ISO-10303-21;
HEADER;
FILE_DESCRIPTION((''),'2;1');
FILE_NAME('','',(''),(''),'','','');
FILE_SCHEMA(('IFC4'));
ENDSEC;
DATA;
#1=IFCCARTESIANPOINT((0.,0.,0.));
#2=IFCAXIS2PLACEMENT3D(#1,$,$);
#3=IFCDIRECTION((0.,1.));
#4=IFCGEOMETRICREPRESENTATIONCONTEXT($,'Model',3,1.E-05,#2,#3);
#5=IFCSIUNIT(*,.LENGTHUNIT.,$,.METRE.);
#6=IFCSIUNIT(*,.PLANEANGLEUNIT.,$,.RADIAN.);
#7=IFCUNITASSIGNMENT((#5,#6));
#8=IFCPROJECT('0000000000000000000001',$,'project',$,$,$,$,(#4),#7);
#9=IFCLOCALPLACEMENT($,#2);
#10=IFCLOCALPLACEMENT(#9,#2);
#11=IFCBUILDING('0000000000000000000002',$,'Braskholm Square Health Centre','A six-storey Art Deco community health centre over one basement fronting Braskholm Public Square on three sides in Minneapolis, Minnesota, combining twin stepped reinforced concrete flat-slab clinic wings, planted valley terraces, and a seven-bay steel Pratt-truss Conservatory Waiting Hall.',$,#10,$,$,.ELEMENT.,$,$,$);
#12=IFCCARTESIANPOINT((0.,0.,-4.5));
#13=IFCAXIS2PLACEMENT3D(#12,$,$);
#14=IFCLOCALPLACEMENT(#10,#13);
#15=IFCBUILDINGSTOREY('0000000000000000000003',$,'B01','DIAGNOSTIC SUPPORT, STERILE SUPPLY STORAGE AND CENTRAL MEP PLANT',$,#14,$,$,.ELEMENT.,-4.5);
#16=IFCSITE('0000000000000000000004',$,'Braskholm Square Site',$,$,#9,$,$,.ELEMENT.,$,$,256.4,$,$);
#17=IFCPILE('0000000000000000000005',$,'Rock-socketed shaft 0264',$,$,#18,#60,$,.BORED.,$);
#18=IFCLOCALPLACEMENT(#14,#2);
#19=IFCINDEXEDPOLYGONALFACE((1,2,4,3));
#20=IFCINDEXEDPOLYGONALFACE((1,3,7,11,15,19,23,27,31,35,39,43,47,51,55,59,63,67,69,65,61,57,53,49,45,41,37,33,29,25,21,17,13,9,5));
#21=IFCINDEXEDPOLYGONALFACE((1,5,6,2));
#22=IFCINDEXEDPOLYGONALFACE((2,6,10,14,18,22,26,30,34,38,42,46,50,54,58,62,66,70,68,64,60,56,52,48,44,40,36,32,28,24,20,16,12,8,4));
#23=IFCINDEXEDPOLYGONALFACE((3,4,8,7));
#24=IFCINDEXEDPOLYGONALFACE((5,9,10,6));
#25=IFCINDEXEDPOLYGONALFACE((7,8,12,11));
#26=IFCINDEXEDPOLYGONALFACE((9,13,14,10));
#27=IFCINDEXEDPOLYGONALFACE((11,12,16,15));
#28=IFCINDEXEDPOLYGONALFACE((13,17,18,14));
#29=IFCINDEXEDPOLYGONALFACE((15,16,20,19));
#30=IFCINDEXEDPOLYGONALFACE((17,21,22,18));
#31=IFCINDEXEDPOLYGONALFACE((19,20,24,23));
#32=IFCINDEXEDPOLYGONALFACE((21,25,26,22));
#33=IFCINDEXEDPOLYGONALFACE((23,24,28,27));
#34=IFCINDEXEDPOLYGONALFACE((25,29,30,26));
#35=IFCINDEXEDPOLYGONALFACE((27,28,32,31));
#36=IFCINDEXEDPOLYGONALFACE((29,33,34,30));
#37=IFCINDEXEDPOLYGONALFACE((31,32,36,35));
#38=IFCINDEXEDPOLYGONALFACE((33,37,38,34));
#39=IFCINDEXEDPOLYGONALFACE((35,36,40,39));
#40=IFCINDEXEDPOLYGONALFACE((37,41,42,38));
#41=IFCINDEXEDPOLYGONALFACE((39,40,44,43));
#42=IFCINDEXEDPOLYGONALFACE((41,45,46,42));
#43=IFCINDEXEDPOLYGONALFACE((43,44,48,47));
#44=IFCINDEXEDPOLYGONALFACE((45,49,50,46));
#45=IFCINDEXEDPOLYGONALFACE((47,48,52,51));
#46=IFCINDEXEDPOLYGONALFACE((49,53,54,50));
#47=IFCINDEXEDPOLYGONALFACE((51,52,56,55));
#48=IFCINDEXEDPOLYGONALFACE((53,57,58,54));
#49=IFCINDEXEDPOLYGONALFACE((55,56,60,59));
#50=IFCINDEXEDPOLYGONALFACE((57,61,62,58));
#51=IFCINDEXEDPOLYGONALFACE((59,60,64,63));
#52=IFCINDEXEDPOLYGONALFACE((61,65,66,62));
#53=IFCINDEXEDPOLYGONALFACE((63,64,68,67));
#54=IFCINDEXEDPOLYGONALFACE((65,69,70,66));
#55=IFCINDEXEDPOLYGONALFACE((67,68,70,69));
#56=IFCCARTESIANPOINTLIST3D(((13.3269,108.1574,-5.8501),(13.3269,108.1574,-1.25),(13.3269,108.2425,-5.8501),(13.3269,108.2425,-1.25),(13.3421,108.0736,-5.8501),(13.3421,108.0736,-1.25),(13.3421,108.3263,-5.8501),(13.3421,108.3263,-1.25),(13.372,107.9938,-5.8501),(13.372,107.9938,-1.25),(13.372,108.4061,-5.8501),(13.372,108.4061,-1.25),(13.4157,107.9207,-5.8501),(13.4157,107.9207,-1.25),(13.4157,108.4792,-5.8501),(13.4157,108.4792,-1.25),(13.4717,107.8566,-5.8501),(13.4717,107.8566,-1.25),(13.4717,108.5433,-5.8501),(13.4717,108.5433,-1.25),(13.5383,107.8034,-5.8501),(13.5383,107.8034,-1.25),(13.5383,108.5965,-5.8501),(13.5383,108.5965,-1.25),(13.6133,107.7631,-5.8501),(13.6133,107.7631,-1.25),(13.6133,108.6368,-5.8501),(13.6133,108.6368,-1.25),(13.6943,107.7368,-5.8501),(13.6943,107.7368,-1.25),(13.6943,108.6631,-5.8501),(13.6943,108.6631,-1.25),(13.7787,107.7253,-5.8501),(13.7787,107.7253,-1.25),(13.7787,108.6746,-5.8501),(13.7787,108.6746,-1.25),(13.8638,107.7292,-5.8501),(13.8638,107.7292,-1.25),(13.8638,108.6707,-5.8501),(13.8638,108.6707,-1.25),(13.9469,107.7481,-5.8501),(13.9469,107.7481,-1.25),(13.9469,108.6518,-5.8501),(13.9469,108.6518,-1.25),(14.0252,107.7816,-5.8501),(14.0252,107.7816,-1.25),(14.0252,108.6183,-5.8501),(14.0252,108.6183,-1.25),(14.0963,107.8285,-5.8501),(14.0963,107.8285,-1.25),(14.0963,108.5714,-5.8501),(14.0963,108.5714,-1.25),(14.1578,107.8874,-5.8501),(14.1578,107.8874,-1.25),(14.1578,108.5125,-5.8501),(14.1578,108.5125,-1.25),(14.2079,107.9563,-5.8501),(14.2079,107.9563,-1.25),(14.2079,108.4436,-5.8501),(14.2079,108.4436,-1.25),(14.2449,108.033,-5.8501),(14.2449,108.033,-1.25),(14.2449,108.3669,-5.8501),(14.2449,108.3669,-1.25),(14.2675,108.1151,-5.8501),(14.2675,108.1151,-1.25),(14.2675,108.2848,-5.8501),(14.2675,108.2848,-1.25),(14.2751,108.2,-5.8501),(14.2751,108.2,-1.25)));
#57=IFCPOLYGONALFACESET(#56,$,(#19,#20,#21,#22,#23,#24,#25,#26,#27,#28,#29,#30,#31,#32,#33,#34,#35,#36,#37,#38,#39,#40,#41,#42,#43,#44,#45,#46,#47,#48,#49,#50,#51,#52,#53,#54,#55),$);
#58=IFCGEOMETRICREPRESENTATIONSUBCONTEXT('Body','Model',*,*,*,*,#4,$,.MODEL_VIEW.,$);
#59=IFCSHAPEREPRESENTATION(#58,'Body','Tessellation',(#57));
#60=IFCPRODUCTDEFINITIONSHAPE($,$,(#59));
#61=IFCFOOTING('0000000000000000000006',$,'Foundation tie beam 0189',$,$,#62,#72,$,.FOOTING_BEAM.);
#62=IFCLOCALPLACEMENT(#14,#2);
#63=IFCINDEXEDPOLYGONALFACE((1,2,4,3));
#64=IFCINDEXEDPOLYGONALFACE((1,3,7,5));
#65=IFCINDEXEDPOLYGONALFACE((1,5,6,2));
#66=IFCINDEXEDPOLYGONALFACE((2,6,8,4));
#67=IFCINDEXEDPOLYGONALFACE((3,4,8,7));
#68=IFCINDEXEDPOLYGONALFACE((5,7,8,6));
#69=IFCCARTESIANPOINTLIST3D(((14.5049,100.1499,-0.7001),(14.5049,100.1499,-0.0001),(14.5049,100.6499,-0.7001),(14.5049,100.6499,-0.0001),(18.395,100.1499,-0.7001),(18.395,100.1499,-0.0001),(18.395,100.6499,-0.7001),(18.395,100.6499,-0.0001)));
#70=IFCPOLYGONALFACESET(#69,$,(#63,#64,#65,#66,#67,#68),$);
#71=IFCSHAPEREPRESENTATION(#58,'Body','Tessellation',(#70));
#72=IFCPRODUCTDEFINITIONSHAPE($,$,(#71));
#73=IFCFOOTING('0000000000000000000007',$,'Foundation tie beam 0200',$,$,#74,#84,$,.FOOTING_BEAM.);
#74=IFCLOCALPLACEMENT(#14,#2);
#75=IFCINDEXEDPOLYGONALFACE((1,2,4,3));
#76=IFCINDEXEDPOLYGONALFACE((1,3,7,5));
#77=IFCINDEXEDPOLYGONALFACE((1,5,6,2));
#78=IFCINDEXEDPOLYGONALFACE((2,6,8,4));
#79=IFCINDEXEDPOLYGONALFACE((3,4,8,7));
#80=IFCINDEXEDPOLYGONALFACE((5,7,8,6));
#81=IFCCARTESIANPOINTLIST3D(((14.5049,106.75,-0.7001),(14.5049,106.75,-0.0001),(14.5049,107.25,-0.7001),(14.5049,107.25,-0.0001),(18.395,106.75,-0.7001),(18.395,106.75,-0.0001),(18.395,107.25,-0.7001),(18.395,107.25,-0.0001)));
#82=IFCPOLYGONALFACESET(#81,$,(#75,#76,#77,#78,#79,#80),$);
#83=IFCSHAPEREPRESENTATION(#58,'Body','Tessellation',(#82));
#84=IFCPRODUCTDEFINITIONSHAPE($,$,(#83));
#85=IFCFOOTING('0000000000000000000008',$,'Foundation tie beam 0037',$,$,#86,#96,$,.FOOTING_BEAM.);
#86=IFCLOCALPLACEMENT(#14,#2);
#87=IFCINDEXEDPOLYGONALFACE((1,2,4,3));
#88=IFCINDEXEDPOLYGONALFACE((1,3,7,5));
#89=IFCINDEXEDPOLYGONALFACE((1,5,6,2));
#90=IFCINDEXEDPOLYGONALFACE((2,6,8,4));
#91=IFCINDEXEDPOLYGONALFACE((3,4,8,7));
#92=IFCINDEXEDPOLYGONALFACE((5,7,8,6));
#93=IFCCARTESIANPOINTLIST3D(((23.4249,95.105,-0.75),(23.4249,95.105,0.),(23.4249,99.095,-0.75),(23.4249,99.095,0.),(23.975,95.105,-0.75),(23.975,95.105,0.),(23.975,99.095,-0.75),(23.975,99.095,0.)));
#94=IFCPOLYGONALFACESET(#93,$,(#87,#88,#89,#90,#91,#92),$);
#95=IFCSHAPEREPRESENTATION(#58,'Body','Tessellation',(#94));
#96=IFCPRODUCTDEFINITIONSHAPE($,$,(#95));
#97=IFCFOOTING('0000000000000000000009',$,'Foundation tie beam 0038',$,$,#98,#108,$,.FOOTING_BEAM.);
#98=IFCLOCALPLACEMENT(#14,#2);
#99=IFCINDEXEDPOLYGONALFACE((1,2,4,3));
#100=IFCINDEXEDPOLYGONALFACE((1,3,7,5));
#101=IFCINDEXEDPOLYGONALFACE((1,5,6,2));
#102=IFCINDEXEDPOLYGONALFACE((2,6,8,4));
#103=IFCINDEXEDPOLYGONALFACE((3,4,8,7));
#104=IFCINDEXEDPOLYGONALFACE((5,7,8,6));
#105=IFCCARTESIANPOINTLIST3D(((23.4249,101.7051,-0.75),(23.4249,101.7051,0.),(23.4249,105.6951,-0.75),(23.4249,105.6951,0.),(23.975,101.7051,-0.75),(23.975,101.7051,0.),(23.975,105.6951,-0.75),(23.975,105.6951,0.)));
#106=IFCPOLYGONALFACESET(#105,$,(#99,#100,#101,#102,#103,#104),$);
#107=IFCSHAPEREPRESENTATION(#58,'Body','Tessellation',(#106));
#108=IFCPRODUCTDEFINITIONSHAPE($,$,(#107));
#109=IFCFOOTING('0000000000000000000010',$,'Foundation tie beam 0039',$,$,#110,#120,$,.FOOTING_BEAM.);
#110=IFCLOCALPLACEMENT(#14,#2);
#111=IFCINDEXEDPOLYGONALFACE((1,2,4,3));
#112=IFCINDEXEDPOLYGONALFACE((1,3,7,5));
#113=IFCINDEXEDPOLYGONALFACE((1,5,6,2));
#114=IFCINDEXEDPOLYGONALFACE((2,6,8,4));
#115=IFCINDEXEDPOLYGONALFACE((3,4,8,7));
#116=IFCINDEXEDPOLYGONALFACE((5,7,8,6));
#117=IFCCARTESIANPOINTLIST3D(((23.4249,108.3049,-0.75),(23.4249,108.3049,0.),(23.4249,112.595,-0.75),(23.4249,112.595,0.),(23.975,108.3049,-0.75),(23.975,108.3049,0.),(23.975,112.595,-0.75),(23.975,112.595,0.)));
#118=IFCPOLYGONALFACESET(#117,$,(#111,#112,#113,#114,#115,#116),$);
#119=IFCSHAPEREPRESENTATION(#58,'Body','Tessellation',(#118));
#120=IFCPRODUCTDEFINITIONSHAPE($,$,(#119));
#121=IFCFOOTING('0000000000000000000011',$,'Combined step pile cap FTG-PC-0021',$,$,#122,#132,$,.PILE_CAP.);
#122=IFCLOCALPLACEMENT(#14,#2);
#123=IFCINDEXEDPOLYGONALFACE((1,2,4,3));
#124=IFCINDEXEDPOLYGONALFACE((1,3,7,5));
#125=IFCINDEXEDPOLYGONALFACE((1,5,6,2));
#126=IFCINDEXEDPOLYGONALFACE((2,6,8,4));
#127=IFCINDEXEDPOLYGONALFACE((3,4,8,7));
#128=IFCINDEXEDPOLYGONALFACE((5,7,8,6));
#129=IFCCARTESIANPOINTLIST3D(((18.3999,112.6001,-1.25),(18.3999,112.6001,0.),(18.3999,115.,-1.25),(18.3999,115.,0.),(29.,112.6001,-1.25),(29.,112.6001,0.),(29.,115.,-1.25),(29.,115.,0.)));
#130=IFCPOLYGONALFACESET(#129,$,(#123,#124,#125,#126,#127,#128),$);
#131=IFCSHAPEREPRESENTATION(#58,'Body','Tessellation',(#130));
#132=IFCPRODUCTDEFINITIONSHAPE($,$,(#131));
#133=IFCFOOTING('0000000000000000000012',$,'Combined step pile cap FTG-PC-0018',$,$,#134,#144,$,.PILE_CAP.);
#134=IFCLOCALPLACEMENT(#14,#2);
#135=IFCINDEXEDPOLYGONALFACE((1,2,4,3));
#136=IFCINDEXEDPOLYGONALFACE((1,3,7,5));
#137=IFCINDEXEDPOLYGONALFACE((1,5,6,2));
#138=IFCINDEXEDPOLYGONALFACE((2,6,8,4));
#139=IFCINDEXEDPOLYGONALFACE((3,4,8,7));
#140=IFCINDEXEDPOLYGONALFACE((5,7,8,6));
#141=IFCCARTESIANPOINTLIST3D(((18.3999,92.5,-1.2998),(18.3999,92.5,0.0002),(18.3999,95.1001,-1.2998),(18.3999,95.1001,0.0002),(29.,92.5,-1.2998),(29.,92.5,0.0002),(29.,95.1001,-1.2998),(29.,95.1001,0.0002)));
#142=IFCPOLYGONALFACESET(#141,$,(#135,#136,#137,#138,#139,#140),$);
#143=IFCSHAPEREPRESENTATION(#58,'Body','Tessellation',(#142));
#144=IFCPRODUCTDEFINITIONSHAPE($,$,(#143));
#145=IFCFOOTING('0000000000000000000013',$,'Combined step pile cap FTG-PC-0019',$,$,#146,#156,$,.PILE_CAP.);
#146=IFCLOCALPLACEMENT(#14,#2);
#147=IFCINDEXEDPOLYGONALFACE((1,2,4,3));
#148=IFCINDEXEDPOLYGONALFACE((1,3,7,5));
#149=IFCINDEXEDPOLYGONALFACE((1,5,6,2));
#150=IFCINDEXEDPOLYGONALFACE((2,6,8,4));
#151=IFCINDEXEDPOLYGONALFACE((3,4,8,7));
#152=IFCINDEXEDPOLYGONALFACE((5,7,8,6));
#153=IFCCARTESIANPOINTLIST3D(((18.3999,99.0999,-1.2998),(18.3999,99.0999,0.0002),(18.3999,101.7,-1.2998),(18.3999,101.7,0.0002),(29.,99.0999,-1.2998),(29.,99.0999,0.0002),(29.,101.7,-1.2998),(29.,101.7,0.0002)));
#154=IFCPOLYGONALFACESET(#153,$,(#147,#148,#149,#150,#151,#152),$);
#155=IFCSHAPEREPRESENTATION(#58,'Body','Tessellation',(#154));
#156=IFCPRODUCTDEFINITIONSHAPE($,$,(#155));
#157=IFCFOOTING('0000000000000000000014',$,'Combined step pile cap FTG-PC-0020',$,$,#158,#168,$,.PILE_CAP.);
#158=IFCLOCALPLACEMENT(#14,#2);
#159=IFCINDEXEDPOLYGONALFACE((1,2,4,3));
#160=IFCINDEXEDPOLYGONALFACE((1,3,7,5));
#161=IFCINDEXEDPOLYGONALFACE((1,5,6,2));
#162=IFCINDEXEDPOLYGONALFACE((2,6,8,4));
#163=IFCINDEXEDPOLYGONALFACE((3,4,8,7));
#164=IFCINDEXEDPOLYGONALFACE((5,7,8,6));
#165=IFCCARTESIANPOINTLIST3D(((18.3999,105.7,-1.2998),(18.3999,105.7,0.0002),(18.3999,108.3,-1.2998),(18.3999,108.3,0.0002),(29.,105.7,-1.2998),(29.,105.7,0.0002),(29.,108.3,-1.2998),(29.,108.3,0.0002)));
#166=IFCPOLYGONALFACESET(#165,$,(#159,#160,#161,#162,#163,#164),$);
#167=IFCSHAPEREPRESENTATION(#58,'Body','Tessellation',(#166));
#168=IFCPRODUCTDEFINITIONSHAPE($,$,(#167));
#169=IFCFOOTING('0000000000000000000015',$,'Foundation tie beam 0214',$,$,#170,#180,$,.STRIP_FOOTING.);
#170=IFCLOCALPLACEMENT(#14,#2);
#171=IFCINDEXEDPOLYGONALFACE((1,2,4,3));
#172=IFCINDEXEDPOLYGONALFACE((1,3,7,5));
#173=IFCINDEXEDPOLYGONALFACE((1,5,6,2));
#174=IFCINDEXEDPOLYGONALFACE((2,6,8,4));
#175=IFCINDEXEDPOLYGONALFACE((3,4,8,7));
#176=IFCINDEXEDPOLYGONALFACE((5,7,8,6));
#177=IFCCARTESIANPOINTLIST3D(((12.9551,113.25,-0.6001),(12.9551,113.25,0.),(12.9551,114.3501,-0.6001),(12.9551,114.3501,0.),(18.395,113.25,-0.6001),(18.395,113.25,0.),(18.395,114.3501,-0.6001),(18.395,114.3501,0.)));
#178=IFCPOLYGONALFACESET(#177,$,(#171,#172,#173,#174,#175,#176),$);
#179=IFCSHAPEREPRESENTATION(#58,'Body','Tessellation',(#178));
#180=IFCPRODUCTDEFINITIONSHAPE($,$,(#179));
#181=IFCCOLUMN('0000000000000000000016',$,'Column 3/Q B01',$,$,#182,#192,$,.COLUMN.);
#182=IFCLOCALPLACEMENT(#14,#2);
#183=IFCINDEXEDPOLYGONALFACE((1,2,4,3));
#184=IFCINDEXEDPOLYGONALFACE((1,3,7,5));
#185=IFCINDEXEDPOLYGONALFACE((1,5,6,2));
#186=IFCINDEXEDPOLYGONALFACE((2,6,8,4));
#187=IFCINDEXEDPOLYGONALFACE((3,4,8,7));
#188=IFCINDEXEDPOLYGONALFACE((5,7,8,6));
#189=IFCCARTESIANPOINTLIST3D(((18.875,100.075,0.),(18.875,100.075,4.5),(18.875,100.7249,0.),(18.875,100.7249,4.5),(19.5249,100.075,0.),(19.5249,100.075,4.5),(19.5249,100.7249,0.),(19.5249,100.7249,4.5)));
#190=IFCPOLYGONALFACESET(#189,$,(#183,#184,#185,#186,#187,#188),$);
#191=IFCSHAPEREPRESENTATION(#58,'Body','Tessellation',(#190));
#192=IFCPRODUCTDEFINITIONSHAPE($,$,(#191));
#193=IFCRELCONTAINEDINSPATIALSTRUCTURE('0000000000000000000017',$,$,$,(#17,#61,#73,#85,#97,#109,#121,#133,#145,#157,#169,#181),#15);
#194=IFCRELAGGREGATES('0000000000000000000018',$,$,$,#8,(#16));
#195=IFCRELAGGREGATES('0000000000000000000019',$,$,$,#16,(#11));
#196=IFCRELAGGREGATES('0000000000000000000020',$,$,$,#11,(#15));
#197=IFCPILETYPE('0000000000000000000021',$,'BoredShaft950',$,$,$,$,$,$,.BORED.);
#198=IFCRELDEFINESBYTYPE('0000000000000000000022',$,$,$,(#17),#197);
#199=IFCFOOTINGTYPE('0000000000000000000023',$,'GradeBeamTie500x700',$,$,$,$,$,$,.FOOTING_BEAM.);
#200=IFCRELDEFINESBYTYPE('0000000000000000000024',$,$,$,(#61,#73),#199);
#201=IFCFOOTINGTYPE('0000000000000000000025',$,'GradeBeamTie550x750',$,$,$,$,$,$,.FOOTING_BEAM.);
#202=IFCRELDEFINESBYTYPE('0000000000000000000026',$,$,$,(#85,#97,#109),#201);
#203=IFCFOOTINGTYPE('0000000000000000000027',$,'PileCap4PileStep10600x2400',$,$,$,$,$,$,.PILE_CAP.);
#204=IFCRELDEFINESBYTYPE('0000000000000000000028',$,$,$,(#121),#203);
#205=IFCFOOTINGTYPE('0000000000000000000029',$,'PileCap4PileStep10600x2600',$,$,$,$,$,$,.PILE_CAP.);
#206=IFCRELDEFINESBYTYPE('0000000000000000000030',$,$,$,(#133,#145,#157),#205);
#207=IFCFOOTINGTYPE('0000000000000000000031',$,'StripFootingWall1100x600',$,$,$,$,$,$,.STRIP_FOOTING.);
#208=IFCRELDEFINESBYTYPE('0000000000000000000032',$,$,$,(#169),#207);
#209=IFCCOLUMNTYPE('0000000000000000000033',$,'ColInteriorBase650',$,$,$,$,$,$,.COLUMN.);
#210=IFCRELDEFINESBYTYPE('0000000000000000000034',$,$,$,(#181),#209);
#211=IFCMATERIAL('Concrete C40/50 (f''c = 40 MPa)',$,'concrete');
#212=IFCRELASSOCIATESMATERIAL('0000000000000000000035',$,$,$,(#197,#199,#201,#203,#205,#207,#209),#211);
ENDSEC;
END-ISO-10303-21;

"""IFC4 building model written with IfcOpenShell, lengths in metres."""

from ifc_helpers import new_model, si_unit, direction, frame, origin, origin_2d, place, context, subcontext, project, spatial, rectangle, circle, extrude, material, material_profile, profile_set, type_object, element, save


model = new_model("IFC4")

# Units and contexts
model_context = context("Model", 3, precision=1e-05, world=origin(), true_north=direction((0.0, 1.0)))
body_context = subcontext(model_context, "Body", "Model", "MODEL_VIEW")
ifc_project = project(units=[si_unit("LENGTHUNIT", "METRE"), si_unit("PLANEANGLEUNIT", "RADIAN")], contexts=[model_context])

# Site, building, storey
site_placement = place(None, origin())
site = spatial("IfcSite", under=ifc_project, at=site_placement, Name="Braskholm Square Site", CompositionType="ELEMENT", RefElevation=256.4)
building_placement = place(site_placement, origin())
building = spatial("IfcBuilding", under=site, at=building_placement, Name="Braskholm Square Health Centre", Description="A six-storey Art Deco community health centre over one basement fronting Braskholm Public Square on three sides in Minneapolis, Minnesota, combining twin stepped reinforced concrete flat-slab clinic wings, planted valley terraces, and a seven-bay steel Pratt-truss Conservatory Waiting Hall.", CompositionType="ELEMENT")
storey_placement = place(building_placement, frame((0.0, 0.0, -4.5)))
storey = spatial("IfcBuildingStorey", under=building, at=storey_placement, Name="B01", Description="DIAGNOSTIC SUPPORT, STERILE SUPPLY STORAGE AND CENTRAL MEP PLANT", CompositionType="ELEMENT", Elevation=-4.5)

# Pile
ifc_material_1 = material(Name="Concrete C40/50 (f'c = 40 MPa)", Category="concrete")
ifc_material_profile_1 = material_profile(ifc_material_1, circle(Radius=0.4751, at=origin_2d()), Name="BORED-PILE-950")
ifc_profile_set_1 = profile_set([ifc_material_profile_1], Name="Concrete C40/50 (f'c = 40 MPa)")
pile_type_1 = type_object("IfcPileType", Name="BoredShaft950", PredefinedType="BORED", material=ifc_profile_set_1)
for number, where, z_axis, x_axis, name in (
    (1, (13.8, 108.2, -1.25), (0.0, 0.0, -1.0), (1.0, 0.0, 0.0), "Rock-socketed shaft 0264"),
):
    element("IfcPile", number, at=place(storey_placement, frame(where, z_axis=z_axis, x_axis=x_axis)), inside=storey, type_object=pile_type_1, Name=name, PredefinedType="BORED", context=body_context, shape_type="SweptSolid", body=[
        extrude(circle(Radius=0.4751, at=origin_2d()), origin(), (0.0, 0.0, 1.0), 4.6001),
    ])

# Footings
ifc_material_profile_2 = material_profile(ifc_material_1, rectangle(XDim=0.5, YDim=0.7, at=origin_2d()), Name="FTG-500X700")
ifc_profile_set_2 = profile_set([ifc_material_profile_2], Name="Concrete C40/50 (f'c = 40 MPa)")
footing_type_1 = type_object("IfcFootingType", Name="GradeBeamTie500x700", PredefinedType="FOOTING_BEAM", material=ifc_profile_set_2)
for number, where, z_axis, x_axis, name in (
    (2, (14.5049, 100.3999, -0.3501), (1.0, 0.0, 0.0), (0.0, 1.0, 0.0), "Foundation tie beam 0189"),
    (3, (14.5049, 107.0, -0.3501), (1.0, 0.0, 0.0), (0.0, 1.0, 0.0), "Foundation tie beam 0200"),
):
    element("IfcFooting", number, at=place(storey_placement, frame(where, z_axis=z_axis, x_axis=x_axis)), inside=storey, type_object=footing_type_1, Name=name, PredefinedType="FOOTING_BEAM", context=body_context, shape_type="SweptSolid", body=[
        extrude(rectangle(XDim=0.5, YDim=0.7, at=origin_2d()), origin(), (0.0, 0.0, 1.0), 3.8901),
    ])
ifc_material_profile_3 = material_profile(ifc_material_1, rectangle(XDim=0.55, YDim=0.75, at=origin_2d()), Name="FTG-550X750")
ifc_profile_set_3 = profile_set([ifc_material_profile_3], Name="Concrete C40/50 (f'c = 40 MPa)")
footing_type_2 = type_object("IfcFootingType", Name="GradeBeamTie550x750", PredefinedType="FOOTING_BEAM", material=ifc_profile_set_3)
for number, where, z_axis, x_axis, name in (
    (4, (23.7, 95.105, -0.375), (0.0, 1.0, 0.0), (-1.0, 0.0, 0.0), "Foundation tie beam 0037"),
    (5, (23.7, 101.7051, -0.375), (0.0, 1.0, 0.0), (-1.0, 0.0, 0.0), "Foundation tie beam 0038"),
):
    element("IfcFooting", number, at=place(storey_placement, frame(where, z_axis=z_axis, x_axis=x_axis)), inside=storey, type_object=footing_type_2, Name=name, PredefinedType="FOOTING_BEAM", context=body_context, shape_type="SweptSolid", body=[
        extrude(rectangle(XDim=0.55, YDim=0.75, at=origin_2d()), origin(), (0.0, 0.0, 1.0), 3.99),
    ])
footing_1_placement = place(storey_placement, frame((23.7, 108.3049, -0.375), z_axis=(0.0, 1.0, 0.0), x_axis=(-1.0, 0.0, 0.0)))
element("IfcFooting", 6, at=footing_1_placement, inside=storey, type_object=footing_type_2, Name="Foundation tie beam 0039", PredefinedType="FOOTING_BEAM", context=body_context, shape_type="SweptSolid", body=[
    extrude(rectangle(XDim=0.55, YDim=0.75, at=origin_2d()), origin(), (0.0, 0.0, 1.0), 4.29),
])
footing_type_3 = type_object("IfcFootingType", Name="PileCap4PileStep10600x2400", PredefinedType="PILE_CAP", material=ifc_material_1)
footing_2_placement = place(storey_placement, frame((23.7, 113.8, -1.25), z_axis=(0.0, 0.0, 1.0), x_axis=(1.0, 0.0, 0.0)))
element("IfcFooting", 7, at=footing_2_placement, inside=storey, type_object=footing_type_3, Name="Combined step pile cap FTG-PC-0021", PredefinedType="PILE_CAP", context=body_context, shape_type="SweptSolid", body=[
    extrude(rectangle(XDim=10.6001, YDim=2.3999, at=origin_2d()), origin(), (0.0, 0.0, 1.0), 1.25),
])
footing_type_4 = type_object("IfcFootingType", Name="PileCap4PileStep10600x2600", PredefinedType="PILE_CAP", material=ifc_material_1)
for number, where, z_axis, x_axis, name in (
    (8, (23.7, 93.8, -1.2998), (0.0, 0.0, 1.0), (1.0, 0.0, 0.0), "Combined step pile cap FTG-PC-0018"),
    (9, (23.7, 100.3999, -1.2998), (0.0, 0.0, 1.0), (1.0, 0.0, 0.0), "Combined step pile cap FTG-PC-0019"),
    (10, (23.7, 107.0, -1.2998), (0.0, 0.0, 1.0), (1.0, 0.0, 0.0), "Combined step pile cap FTG-PC-0020"),
):
    element("IfcFooting", number, at=place(storey_placement, frame(where, z_axis=z_axis, x_axis=x_axis)), inside=storey, type_object=footing_type_4, Name=name, PredefinedType="PILE_CAP", context=body_context, shape_type="SweptSolid", body=[
        extrude(rectangle(XDim=10.6001, YDim=2.6001, at=origin_2d()), origin(), (0.0, 0.0, 1.0), 1.3),
    ])
ifc_material_profile_4 = material_profile(ifc_material_1, rectangle(XDim=1.1001, YDim=0.6001, at=origin_2d()), Name="FTG-1100X600")
ifc_profile_set_4 = profile_set([ifc_material_profile_4], Name="Concrete C40/50 (f'c = 40 MPa)")
footing_type_5 = type_object("IfcFootingType", Name="StripFootingWall1100x600", PredefinedType="STRIP_FOOTING", material=ifc_profile_set_4)
footing_3_placement = place(storey_placement, frame((12.9551, 113.8, -0.3), z_axis=(1.0, 0.0, 0.0), x_axis=(0.0, 1.0, 0.0)))
element("IfcFooting", 11, at=footing_3_placement, inside=storey, type_object=footing_type_5, Name="Foundation tie beam 0214", PredefinedType="STRIP_FOOTING", context=body_context, shape_type="SweptSolid", body=[
    extrude(rectangle(XDim=1.1001, YDim=0.6001, at=origin_2d()), origin(), (0.0, 0.0, 1.0), 5.4399),
])

# Column
ifc_material_profile_5 = material_profile(ifc_material_1, rectangle(XDim=0.6499, YDim=0.6499, at=origin_2d()), Name="RC-650X650")
ifc_profile_set_5 = profile_set([ifc_material_profile_5], Name="Concrete C40/50 (f'c = 40 MPa)")
column_type_1 = type_object("IfcColumnType", Name="ColInteriorBase650", PredefinedType="COLUMN", material=ifc_profile_set_5)
for number, where, z_axis, x_axis, name in (
    (12, (19.2, 100.3999, 0.0), (0.0, 0.0, 1.0), (1.0, 0.0, 0.0), "Column 3/Q B01"),
):
    element("IfcColumn", number, at=place(storey_placement, frame(where, z_axis=z_axis, x_axis=x_axis)), inside=storey, type_object=column_type_1, Name=name, PredefinedType="COLUMN", context=body_context, shape_type="SweptSolid", body=[
        extrude(rectangle(XDim=0.6499, YDim=0.6499, at=origin_2d()), origin(), (0.0, 0.0, 1.0), 4.5),
    ])

save(model, "model.ifc")
